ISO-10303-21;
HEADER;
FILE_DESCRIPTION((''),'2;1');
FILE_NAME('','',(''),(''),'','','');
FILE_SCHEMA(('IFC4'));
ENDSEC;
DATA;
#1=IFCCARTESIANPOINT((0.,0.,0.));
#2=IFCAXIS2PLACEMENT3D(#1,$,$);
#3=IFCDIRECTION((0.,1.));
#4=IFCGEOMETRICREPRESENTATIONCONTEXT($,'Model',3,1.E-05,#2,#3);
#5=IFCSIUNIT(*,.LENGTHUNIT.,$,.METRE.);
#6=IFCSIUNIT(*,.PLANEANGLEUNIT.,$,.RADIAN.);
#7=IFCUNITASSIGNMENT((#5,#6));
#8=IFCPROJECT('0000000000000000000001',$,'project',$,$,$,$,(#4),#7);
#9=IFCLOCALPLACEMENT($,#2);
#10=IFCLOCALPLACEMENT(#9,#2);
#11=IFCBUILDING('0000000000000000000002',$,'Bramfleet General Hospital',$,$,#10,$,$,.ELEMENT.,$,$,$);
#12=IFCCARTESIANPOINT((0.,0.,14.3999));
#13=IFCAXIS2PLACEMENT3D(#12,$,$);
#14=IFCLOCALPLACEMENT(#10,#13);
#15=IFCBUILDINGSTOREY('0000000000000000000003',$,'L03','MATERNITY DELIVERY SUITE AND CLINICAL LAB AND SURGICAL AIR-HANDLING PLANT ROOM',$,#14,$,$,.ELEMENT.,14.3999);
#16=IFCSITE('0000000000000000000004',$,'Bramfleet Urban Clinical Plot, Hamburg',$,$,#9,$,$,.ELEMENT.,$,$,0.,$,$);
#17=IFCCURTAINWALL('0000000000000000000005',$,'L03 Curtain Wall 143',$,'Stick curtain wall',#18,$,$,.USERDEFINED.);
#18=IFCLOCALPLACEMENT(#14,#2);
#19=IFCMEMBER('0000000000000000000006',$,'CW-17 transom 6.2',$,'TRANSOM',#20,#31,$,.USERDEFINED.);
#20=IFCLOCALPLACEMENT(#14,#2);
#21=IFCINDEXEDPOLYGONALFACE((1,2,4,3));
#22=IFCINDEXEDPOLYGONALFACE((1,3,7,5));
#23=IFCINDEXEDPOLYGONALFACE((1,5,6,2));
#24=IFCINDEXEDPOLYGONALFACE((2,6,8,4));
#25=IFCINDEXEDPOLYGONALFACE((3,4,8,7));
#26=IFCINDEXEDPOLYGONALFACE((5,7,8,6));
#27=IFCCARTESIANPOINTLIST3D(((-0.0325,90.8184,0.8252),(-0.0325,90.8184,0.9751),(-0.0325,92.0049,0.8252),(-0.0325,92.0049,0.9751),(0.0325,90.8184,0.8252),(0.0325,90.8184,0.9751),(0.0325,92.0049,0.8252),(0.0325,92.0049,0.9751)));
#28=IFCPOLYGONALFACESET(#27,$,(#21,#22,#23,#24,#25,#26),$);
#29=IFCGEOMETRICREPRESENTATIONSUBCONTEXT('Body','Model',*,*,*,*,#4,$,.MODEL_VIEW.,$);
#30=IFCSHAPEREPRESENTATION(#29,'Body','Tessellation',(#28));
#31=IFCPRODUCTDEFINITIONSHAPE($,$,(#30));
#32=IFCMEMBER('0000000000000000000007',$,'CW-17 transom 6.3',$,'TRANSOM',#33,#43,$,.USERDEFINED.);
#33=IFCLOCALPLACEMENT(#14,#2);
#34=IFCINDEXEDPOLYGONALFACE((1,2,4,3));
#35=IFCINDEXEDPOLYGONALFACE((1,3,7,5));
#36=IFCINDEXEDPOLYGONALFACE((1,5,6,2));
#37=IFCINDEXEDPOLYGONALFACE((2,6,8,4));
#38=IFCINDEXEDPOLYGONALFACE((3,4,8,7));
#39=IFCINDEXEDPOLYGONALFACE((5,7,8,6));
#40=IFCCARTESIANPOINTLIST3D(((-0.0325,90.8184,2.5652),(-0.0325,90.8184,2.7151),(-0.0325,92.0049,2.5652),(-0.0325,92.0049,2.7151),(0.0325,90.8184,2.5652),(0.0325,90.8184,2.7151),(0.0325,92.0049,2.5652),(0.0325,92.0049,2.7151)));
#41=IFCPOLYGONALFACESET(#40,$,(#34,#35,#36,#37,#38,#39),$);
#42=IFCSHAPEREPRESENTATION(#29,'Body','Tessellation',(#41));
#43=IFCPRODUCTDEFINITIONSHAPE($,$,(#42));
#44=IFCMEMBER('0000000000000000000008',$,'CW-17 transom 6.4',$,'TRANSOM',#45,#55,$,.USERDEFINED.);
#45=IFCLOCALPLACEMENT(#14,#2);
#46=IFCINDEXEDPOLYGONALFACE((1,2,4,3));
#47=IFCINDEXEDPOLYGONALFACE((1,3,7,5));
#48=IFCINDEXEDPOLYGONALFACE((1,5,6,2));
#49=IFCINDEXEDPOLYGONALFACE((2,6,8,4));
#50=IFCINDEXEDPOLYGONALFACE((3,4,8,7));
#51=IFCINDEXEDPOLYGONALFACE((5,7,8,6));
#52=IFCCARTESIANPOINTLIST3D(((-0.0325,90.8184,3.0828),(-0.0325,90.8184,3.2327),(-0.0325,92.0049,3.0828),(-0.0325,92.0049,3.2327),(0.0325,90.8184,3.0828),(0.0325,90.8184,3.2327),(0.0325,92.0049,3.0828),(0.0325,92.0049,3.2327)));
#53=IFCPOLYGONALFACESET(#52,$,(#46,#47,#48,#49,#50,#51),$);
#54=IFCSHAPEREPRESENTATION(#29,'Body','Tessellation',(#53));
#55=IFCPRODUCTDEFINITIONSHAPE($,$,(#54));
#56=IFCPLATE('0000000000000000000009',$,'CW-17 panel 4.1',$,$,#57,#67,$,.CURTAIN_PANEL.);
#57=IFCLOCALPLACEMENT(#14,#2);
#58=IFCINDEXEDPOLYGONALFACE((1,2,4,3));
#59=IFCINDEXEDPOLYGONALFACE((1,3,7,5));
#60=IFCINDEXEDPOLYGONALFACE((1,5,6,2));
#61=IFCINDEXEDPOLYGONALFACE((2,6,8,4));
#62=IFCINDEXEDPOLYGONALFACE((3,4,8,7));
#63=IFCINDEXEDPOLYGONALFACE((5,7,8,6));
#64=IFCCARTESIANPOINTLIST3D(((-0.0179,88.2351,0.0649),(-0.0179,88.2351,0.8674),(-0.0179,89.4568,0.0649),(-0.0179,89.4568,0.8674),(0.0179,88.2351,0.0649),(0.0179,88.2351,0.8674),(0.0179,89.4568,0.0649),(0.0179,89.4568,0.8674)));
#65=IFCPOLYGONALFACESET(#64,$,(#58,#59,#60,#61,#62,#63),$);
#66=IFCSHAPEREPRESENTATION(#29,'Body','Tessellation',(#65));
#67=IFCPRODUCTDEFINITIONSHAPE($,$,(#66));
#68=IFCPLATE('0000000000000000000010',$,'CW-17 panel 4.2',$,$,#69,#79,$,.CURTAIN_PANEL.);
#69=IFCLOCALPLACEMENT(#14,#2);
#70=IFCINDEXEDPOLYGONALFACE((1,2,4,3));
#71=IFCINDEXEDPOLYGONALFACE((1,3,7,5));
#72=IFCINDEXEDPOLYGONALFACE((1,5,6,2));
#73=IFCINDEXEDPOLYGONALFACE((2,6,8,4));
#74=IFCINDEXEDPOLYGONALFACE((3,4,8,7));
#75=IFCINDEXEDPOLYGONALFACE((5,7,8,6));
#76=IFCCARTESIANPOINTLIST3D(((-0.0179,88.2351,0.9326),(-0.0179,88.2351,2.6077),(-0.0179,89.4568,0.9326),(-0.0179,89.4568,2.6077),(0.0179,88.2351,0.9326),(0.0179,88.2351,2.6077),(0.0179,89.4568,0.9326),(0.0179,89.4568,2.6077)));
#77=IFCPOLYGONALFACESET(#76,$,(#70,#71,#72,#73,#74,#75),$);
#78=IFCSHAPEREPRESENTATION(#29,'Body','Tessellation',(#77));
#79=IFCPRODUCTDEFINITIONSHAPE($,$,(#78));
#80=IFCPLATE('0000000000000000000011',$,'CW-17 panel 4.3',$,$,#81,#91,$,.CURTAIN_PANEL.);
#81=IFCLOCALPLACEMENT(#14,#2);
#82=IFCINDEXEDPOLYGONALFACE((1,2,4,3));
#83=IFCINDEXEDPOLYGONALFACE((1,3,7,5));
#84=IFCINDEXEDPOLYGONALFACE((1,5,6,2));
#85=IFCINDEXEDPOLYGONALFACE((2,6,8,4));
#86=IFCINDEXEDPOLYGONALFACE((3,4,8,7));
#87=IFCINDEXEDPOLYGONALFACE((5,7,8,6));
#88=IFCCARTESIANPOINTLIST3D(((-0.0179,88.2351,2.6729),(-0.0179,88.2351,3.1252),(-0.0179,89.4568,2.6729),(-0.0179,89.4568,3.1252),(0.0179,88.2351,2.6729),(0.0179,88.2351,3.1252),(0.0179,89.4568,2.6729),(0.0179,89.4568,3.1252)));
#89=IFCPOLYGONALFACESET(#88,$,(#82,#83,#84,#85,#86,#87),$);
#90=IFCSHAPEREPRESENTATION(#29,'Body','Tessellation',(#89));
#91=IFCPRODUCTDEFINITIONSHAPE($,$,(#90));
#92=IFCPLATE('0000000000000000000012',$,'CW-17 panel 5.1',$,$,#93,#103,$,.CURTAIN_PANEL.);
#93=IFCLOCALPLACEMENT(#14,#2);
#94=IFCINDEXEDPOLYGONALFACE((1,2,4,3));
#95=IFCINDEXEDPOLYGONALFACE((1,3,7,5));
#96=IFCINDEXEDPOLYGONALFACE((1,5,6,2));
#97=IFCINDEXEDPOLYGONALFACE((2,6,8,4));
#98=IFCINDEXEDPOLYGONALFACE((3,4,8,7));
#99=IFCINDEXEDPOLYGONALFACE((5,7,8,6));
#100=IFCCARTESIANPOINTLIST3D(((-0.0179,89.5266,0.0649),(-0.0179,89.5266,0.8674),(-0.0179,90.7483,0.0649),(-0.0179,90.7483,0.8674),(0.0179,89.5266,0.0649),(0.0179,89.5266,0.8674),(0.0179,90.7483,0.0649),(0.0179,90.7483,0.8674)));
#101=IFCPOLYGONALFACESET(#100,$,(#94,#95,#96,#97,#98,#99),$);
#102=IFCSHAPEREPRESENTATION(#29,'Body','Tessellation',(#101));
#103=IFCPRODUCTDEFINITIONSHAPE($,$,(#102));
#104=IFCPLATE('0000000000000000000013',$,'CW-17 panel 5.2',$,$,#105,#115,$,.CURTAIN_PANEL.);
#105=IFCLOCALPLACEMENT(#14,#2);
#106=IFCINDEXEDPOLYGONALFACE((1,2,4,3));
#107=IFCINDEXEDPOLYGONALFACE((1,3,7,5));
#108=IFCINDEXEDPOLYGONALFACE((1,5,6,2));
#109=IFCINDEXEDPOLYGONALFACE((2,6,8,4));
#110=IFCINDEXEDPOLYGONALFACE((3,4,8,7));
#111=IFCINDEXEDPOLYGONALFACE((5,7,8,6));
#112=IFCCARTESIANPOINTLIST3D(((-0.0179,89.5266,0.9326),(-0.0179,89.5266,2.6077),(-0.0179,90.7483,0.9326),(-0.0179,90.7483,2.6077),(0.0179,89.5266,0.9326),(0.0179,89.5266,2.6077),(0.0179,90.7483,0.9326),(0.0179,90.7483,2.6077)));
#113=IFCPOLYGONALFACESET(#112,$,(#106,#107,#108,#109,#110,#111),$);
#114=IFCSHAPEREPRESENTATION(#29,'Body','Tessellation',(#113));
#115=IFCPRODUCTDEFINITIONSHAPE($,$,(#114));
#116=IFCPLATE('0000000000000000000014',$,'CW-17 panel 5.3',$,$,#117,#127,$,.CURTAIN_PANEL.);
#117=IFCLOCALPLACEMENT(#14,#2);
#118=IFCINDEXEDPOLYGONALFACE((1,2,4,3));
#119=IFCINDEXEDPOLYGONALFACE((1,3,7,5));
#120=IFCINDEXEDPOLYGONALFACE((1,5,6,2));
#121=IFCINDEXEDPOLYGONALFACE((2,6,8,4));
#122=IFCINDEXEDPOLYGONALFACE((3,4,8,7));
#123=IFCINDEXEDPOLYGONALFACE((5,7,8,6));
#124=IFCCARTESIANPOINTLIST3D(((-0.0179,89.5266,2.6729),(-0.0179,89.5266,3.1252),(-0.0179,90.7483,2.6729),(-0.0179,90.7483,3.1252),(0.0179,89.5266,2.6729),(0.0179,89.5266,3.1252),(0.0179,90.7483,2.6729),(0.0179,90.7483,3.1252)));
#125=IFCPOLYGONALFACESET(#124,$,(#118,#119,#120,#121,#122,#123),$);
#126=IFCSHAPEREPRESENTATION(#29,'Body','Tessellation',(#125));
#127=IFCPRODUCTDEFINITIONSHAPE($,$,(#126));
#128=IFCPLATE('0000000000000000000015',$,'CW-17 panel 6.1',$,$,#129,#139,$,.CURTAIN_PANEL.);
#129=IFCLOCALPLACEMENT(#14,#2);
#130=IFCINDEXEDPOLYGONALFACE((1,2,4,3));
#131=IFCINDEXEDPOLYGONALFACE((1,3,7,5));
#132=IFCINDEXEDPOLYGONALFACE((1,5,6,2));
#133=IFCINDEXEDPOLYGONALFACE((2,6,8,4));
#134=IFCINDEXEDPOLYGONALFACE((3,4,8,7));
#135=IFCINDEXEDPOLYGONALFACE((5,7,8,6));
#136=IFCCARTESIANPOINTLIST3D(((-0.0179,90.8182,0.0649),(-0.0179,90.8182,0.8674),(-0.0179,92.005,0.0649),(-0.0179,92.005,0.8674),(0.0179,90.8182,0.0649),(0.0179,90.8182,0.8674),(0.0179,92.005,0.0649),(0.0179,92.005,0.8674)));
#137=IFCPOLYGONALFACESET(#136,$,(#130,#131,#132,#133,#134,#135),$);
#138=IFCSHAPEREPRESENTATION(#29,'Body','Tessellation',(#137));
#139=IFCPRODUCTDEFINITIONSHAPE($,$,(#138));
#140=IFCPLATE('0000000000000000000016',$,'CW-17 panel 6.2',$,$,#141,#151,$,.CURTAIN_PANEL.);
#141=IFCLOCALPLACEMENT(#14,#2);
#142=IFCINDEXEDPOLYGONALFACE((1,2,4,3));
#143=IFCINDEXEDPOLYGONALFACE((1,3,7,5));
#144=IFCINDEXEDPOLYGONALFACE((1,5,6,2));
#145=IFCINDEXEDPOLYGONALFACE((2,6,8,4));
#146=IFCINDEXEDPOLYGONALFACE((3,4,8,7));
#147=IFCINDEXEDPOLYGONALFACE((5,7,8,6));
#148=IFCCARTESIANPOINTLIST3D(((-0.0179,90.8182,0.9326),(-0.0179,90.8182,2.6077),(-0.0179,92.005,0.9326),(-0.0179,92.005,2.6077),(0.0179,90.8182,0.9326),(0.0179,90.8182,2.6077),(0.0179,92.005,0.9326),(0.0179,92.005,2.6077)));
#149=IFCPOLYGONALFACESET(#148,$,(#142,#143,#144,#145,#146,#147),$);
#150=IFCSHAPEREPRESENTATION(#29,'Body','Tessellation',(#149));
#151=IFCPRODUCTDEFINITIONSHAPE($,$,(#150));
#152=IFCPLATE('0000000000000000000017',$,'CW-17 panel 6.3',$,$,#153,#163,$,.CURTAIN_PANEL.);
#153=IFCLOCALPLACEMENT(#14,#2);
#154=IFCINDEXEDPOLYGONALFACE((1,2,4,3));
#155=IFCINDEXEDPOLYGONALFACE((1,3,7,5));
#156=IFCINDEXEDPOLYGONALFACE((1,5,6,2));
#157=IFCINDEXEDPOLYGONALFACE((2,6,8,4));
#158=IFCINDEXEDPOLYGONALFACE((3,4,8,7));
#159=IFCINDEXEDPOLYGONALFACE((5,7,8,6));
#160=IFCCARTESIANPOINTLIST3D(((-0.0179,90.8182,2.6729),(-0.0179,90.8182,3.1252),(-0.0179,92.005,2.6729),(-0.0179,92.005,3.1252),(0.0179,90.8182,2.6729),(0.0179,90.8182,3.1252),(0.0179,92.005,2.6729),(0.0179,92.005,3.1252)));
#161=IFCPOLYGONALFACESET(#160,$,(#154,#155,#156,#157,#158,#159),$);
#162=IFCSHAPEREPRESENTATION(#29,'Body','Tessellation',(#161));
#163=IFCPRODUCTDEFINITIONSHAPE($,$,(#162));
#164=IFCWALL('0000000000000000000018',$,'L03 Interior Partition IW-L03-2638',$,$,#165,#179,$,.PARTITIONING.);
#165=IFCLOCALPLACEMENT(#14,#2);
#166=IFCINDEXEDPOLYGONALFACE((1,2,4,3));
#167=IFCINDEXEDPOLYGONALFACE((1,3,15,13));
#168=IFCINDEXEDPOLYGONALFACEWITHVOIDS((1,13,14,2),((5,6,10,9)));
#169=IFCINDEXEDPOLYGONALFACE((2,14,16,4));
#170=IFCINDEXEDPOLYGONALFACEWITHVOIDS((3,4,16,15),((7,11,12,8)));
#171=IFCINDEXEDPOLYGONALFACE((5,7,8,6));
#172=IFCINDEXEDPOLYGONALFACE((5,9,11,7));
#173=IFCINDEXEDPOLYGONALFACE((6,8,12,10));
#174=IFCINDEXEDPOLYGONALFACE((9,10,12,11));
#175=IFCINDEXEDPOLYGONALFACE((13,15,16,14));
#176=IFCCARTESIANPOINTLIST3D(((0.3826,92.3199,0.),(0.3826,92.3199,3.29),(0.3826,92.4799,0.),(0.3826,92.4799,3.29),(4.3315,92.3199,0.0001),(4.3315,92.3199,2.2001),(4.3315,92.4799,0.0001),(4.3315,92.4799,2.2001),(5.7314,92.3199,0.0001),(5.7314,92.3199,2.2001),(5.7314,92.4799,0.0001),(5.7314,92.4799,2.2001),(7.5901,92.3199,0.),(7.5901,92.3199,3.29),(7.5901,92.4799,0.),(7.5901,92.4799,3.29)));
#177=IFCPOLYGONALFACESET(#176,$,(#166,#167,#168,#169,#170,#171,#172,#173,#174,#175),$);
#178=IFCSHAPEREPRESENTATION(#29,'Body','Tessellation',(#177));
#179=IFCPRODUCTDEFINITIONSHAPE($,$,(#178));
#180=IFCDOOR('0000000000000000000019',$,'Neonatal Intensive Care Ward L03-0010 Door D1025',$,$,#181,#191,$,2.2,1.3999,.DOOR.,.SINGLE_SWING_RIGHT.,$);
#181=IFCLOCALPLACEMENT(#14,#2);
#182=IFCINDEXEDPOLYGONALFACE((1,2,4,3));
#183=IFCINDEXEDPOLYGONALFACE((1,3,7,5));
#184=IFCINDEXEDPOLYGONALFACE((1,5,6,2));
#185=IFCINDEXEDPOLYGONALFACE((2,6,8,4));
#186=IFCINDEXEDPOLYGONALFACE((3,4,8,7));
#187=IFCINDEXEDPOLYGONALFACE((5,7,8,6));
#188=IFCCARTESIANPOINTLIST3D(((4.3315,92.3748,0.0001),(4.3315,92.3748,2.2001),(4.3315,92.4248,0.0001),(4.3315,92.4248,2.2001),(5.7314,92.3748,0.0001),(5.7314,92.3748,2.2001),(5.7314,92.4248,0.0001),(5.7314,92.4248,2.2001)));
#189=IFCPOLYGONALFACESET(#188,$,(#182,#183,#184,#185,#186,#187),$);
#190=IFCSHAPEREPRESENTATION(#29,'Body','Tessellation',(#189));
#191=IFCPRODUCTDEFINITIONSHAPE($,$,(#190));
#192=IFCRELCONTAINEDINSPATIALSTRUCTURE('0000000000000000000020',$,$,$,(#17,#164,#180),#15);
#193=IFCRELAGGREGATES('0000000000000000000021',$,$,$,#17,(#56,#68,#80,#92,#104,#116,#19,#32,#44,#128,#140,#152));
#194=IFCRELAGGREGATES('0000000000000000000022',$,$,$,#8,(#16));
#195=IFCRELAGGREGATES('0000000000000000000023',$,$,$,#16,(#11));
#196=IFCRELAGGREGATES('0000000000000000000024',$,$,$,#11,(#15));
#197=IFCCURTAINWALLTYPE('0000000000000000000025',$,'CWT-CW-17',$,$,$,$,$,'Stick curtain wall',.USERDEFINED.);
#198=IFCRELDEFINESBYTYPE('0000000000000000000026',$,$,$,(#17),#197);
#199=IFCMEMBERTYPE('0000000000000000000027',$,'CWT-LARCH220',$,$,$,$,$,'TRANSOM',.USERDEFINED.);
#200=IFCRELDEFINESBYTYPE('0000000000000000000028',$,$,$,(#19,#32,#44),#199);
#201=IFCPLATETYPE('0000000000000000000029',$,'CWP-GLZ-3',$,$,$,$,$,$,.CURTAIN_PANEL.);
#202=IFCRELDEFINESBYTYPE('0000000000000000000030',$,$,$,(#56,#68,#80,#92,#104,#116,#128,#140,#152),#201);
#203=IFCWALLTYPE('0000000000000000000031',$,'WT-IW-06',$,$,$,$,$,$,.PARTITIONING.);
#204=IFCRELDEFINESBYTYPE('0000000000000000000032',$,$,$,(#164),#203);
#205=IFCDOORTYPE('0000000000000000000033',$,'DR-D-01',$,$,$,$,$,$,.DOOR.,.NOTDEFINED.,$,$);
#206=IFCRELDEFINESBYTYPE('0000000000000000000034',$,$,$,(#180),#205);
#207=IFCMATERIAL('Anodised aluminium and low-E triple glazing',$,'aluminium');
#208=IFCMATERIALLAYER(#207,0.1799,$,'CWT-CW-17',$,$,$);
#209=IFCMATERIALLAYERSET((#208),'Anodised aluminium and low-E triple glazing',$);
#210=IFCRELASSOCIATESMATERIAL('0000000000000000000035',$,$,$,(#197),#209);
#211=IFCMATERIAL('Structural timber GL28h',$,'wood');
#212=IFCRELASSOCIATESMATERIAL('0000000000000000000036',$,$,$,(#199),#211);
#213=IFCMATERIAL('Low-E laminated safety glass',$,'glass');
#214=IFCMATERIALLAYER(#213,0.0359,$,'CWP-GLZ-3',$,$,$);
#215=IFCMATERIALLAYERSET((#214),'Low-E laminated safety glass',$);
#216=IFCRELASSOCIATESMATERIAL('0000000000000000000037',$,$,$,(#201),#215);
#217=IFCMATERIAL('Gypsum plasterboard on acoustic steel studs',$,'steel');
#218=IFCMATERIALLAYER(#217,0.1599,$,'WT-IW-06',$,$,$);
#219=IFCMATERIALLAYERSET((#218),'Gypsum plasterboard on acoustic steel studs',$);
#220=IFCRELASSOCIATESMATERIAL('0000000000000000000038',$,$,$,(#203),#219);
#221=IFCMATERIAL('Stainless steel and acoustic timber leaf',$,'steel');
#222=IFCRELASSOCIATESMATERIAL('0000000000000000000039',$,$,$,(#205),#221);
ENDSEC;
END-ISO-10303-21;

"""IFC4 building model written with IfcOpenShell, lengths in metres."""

from ifc_helpers import new_model, si_unit, direction, frame, frame_2d, origin, origin_2d, place, context, subcontext, project, spatial, rectangle, extrude, material, layer, layer_set, material_profile, profile_set, type_object, element, fill, aggregate, save


model = new_model("IFC4")

# Units and contexts
model_context = context("Model", 3, precision=1e-05, world=origin(), true_north=direction((0.0, 1.0)))
body_context = subcontext(model_context, "Body", "Model", "MODEL_VIEW")
ifc_project = project(units=[si_unit("LENGTHUNIT", "METRE"), si_unit("PLANEANGLEUNIT", "RADIAN")], contexts=[model_context])

# Site, building, storey
site_placement = place(None, origin())
site = spatial("IfcSite", under=ifc_project, at=site_placement, Name="Bramfleet Urban Clinical Plot, Hamburg", CompositionType="ELEMENT", RefElevation=0.0)
building_placement = place(site_placement, origin())
building = spatial("IfcBuilding", under=site, at=building_placement, Name="Bramfleet General Hospital", CompositionType="ELEMENT")
storey_placement = place(building_placement, frame((0.0, 0.0, 14.3999)))
storey = spatial("IfcBuildingStorey", under=building, at=storey_placement, Name="L03", Description="MATERNITY DELIVERY SUITE AND CLINICAL LAB AND SURGICAL AIR-HANDLING PLANT ROOM", CompositionType="ELEMENT", Elevation=14.3999)

# Curtain wall, members, plates
ifc_material_1 = material(Name="Anodised aluminium and low-E triple glazing", Category="aluminium")
ifc_layer_1 = layer(ifc_material_1, 0.1799, Name="CWT-CW-17")
ifc_layer_set_1 = layer_set([ifc_layer_1], Name="Anodised aluminium and low-E triple glazing")
curtain_wall_type = type_object("IfcCurtainWallType", Name="CWT-CW-17", ElementType="Stick curtain wall", PredefinedType="USERDEFINED", material=ifc_layer_set_1)
curtain_wall_placement = place(storey_placement, origin())
curtain_wall = element("IfcCurtainWall", 1, at=curtain_wall_placement, inside=storey, type_object=curtain_wall_type, Name="L03 Curtain Wall 143", ObjectType="Stick curtain wall", PredefinedType="USERDEFINED")
ifc_material_2 = material(Name="Structural timber GL28h", Category="wood")
ifc_material_profile_1 = material_profile(ifc_material_2, rectangle(XDim=0.0649, YDim=0.1499, at=origin_2d()), Name="LARCH 150x65")
ifc_profile_set_1 = profile_set([ifc_material_profile_1], Name="Structural timber GL28h")
member_type_1 = type_object("IfcMemberType", Name="CWT-LARCH220", ElementType="TRANSOM", PredefinedType="USERDEFINED", material=ifc_profile_set_1)
member_1_placement = place(storey_placement, frame((0.0, 90.8184, 0.9001), z_axis=(0.0, 1.0, 0.0), x_axis=(-1.0, 0.0, 0.0)))
member_1 = element("IfcMember", 2, at=member_1_placement, type_object=member_type_1, Name="CW-17 transom 6.2", ObjectType="TRANSOM", PredefinedType="USERDEFINED", context=body_context, shape_type="SweptSolid", body=[
    extrude(rectangle(XDim=0.0649, YDim=0.1499, at=origin_2d()), origin(), (0.0, 0.0, 1.0), 1.1865),
])
member_2_placement = place(storey_placement, frame((0.0, 90.8184, 2.6401), z_axis=(0.0, 1.0, 0.0), x_axis=(-1.0, 0.0, 0.0)))
member_2 = element("IfcMember", 3, at=member_2_placement, type_object=member_type_1, Name="CW-17 transom 6.3", ObjectType="TRANSOM", PredefinedType="USERDEFINED", context=body_context, shape_type="SweptSolid", body=[
    extrude(rectangle(XDim=0.0649, YDim=0.1499, at=origin_2d()), origin(), (0.0, 0.0, 1.0), 1.1865),
])
member_3_placement = place(storey_placement, frame((0.0, 90.8184, 3.1577), z_axis=(0.0, 1.0, 0.0), x_axis=(-1.0, 0.0, 0.0)))
member_3 = element("IfcMember", 4, at=member_3_placement, type_object=member_type_1, Name="CW-17 transom 6.4", ObjectType="TRANSOM", PredefinedType="USERDEFINED", context=body_context, shape_type="SweptSolid", body=[
    extrude(rectangle(XDim=0.0649, YDim=0.1499, at=origin_2d()), origin(), (0.0, 0.0, 1.0), 1.1865),
])
ifc_material_3 = material(Name="Low-E laminated safety glass", Category="glass")
ifc_layer_2 = layer(ifc_material_3, 0.0359, Name="CWP-GLZ-3")
ifc_layer_set_2 = layer_set([ifc_layer_2], Name="Low-E laminated safety glass")
plate_type = type_object("IfcPlateType", Name="CWP-GLZ-3", PredefinedType="CURTAIN_PANEL", material=ifc_layer_set_2)
plate_1_placement = place(storey_placement, frame((0.0, 88.8459, 0.0649), z_axis=(0.0, 0.0, 1.0), x_axis=(0.0, 1.0, 0.0)))
plate_1 = element("IfcPlate", 5, at=plate_1_placement, type_object=plate_type, Name="CW-17 panel 4.1", PredefinedType="CURTAIN_PANEL", context=body_context, shape_type="SweptSolid", body=[
    extrude(rectangle(XDim=1.2217, YDim=0.0359, at=origin_2d()), origin(), (0.0, 0.0, 1.0), 0.8025),
])
plate_2_placement = place(storey_placement, frame((0.0, 88.8459, 0.9326), z_axis=(0.0, 0.0, 1.0), x_axis=(0.0, 1.0, 0.0)))
plate_2 = element("IfcPlate", 6, at=plate_2_placement, type_object=plate_type, Name="CW-17 panel 4.2", PredefinedType="CURTAIN_PANEL", context=body_context, shape_type="SweptSolid", body=[
    extrude(rectangle(XDim=1.2217, YDim=0.0359, at=origin_2d()), origin(), (0.0, 0.0, 1.0), 1.675),
])
plate_3_placement = place(storey_placement, frame((0.0, 88.8459, 2.6729), z_axis=(0.0, 0.0, 1.0), x_axis=(0.0, 1.0, 0.0)))
plate_3 = element("IfcPlate", 7, at=plate_3_placement, type_object=plate_type, Name="CW-17 panel 4.3", PredefinedType="CURTAIN_PANEL", context=body_context, shape_type="SweptSolid", body=[
    extrude(rectangle(XDim=1.2217, YDim=0.0359, at=origin_2d()), origin(), (0.0, 0.0, 1.0), 0.4524),
])
plate_4_placement = place(storey_placement, frame((0.0, 90.1375, 0.0649), z_axis=(0.0, 0.0, 1.0), x_axis=(0.0, 1.0, 0.0)))
plate_4 = element("IfcPlate", 8, at=plate_4_placement, type_object=plate_type, Name="CW-17 panel 5.1", PredefinedType="CURTAIN_PANEL", context=body_context, shape_type="SweptSolid", body=[
    extrude(rectangle(XDim=1.2217, YDim=0.0359, at=origin_2d()), origin(), (0.0, 0.0, 1.0), 0.8025),
])
plate_5_placement = place(storey_placement, frame((0.0, 90.1375, 0.9326), z_axis=(0.0, 0.0, 1.0), x_axis=(0.0, 1.0, 0.0)))
plate_5 = element("IfcPlate", 9, at=plate_5_placement, type_object=plate_type, Name="CW-17 panel 5.2", PredefinedType="CURTAIN_PANEL", context=body_context, shape_type="SweptSolid", body=[
    extrude(rectangle(XDim=1.2217, YDim=0.0359, at=origin_2d()), origin(), (0.0, 0.0, 1.0), 1.675),
])
plate_6_placement = place(storey_placement, frame((0.0, 90.1375, 2.6729), z_axis=(0.0, 0.0, 1.0), x_axis=(0.0, 1.0, 0.0)))
plate_6 = element("IfcPlate", 10, at=plate_6_placement, type_object=plate_type, Name="CW-17 panel 5.3", PredefinedType="CURTAIN_PANEL", context=body_context, shape_type="SweptSolid", body=[
    extrude(rectangle(XDim=1.2217, YDim=0.0359, at=origin_2d()), origin(), (0.0, 0.0, 1.0), 0.4524),
])
plate_7_placement = place(storey_placement, frame((0.0, 91.4116, 0.0649), z_axis=(0.0, 0.0, 1.0), x_axis=(0.0, 1.0, 0.0)))
plate_7 = element("IfcPlate", 11, at=plate_7_placement, type_object=plate_type, Name="CW-17 panel 6.1", PredefinedType="CURTAIN_PANEL", context=body_context, shape_type="SweptSolid", body=[
    extrude(rectangle(XDim=1.1868, YDim=0.0359, at=origin_2d()), origin(), (0.0, 0.0, 1.0), 0.8025),
])
plate_8_placement = place(storey_placement, frame((0.0, 91.4116, 0.9326), z_axis=(0.0, 0.0, 1.0), x_axis=(0.0, 1.0, 0.0)))
plate_8 = element("IfcPlate", 12, at=plate_8_placement, type_object=plate_type, Name="CW-17 panel 6.2", PredefinedType="CURTAIN_PANEL", context=body_context, shape_type="SweptSolid", body=[
    extrude(rectangle(XDim=1.1868, YDim=0.0359, at=origin_2d()), origin(), (0.0, 0.0, 1.0), 1.675),
])
plate_9_placement = place(storey_placement, frame((0.0, 91.4116, 2.6729), z_axis=(0.0, 0.0, 1.0), x_axis=(0.0, 1.0, 0.0)))
plate_9 = element("IfcPlate", 13, at=plate_9_placement, type_object=plate_type, Name="CW-17 panel 6.3", PredefinedType="CURTAIN_PANEL", context=body_context, shape_type="SweptSolid", body=[
    extrude(rectangle(XDim=1.1868, YDim=0.0359, at=origin_2d()), origin(), (0.0, 0.0, 1.0), 0.4524),
])
aggregate(curtain_wall, [plate_1, plate_2, plate_3, plate_4, plate_5, plate_6, member_1, member_2, member_3, plate_7, plate_8, plate_9])

# Wall, opening, door
ifc_material_4 = material(Name="Gypsum plasterboard on acoustic steel studs", Category="steel")
ifc_layer_3 = layer(ifc_material_4, 0.1599, Name="WT-IW-06")
ifc_layer_set_3 = layer_set([ifc_layer_3], Name="Gypsum plasterboard on acoustic steel studs")
wall_type_1 = type_object("IfcWallType", Name="WT-IW-06", PredefinedType="PARTITIONING", material=ifc_layer_set_3)
wall_1_placement = place(storey_placement, frame((0.3826, 92.3999, 0.0), z_axis=(0.0, 0.0, 1.0), x_axis=(1.0, 0.0, 0.0)))
wall_1 = element("IfcWall", 14, at=wall_1_placement, inside=storey, type_object=wall_type_1, Name="L03 Interior Partition IW-L03-2638", PredefinedType="PARTITIONING", context=body_context, shape_type="SweptSolid", body=[
    extrude(rectangle(XDim=7.2075, YDim=0.1599, at=frame_2d((3.6038, 0.0))), origin(), (0.0, 0.0, 1.0), 3.29),
])
opening_1_placement = place(wall_1_placement, frame((3.949, 0.0, 0.0)))
opening_1 = element("IfcOpeningElement", 15, at=opening_1_placement, cuts=wall_1, PredefinedType="OPENING", context=body_context, shape_type="SweptSolid", body=[
    extrude(rectangle(XDim=1.3999, YDim=2.2, at=frame_2d((0.7, 1.1001))), frame((0.0, 0.0898, 0.0), z_axis=(0.0, -1.0, 0.0), x_axis=(1.0, 0.0, 0.0)), (0.0, 0.0, 1.0), 0.1799),
])
ifc_material_5 = material(Name="Stainless steel and acoustic timber leaf", Category="steel")
door_type_1 = type_object("IfcDoorType", Name="DR-D-01", OperationType="NOTDEFINED", PredefinedType="DOOR", material=ifc_material_5)
door_1_placement = place(opening_1_placement, origin())
door_1 = element("IfcDoor", 16, at=door_1_placement, inside=storey, type_object=door_type_1, Name="Neonatal Intensive Care Ward L03-0010 Door D1025", OperationType="SINGLE_SWING_RIGHT", OverallHeight=2.2, OverallWidth=1.3999, PredefinedType="DOOR", context=body_context, shape_type="SweptSolid", body=[
    extrude(rectangle(XDim=1.3999, YDim=2.2, at=frame_2d((0.7, 1.1001))), frame((0.0, 0.0249, 0.0), z_axis=(0.0, -1.0, 0.0), x_axis=(1.0, 0.0, 0.0)), (0.0, 0.0, 1.0), 0.05),
])
fill(opening_1, door_1)

save(model, "model.ifc")
